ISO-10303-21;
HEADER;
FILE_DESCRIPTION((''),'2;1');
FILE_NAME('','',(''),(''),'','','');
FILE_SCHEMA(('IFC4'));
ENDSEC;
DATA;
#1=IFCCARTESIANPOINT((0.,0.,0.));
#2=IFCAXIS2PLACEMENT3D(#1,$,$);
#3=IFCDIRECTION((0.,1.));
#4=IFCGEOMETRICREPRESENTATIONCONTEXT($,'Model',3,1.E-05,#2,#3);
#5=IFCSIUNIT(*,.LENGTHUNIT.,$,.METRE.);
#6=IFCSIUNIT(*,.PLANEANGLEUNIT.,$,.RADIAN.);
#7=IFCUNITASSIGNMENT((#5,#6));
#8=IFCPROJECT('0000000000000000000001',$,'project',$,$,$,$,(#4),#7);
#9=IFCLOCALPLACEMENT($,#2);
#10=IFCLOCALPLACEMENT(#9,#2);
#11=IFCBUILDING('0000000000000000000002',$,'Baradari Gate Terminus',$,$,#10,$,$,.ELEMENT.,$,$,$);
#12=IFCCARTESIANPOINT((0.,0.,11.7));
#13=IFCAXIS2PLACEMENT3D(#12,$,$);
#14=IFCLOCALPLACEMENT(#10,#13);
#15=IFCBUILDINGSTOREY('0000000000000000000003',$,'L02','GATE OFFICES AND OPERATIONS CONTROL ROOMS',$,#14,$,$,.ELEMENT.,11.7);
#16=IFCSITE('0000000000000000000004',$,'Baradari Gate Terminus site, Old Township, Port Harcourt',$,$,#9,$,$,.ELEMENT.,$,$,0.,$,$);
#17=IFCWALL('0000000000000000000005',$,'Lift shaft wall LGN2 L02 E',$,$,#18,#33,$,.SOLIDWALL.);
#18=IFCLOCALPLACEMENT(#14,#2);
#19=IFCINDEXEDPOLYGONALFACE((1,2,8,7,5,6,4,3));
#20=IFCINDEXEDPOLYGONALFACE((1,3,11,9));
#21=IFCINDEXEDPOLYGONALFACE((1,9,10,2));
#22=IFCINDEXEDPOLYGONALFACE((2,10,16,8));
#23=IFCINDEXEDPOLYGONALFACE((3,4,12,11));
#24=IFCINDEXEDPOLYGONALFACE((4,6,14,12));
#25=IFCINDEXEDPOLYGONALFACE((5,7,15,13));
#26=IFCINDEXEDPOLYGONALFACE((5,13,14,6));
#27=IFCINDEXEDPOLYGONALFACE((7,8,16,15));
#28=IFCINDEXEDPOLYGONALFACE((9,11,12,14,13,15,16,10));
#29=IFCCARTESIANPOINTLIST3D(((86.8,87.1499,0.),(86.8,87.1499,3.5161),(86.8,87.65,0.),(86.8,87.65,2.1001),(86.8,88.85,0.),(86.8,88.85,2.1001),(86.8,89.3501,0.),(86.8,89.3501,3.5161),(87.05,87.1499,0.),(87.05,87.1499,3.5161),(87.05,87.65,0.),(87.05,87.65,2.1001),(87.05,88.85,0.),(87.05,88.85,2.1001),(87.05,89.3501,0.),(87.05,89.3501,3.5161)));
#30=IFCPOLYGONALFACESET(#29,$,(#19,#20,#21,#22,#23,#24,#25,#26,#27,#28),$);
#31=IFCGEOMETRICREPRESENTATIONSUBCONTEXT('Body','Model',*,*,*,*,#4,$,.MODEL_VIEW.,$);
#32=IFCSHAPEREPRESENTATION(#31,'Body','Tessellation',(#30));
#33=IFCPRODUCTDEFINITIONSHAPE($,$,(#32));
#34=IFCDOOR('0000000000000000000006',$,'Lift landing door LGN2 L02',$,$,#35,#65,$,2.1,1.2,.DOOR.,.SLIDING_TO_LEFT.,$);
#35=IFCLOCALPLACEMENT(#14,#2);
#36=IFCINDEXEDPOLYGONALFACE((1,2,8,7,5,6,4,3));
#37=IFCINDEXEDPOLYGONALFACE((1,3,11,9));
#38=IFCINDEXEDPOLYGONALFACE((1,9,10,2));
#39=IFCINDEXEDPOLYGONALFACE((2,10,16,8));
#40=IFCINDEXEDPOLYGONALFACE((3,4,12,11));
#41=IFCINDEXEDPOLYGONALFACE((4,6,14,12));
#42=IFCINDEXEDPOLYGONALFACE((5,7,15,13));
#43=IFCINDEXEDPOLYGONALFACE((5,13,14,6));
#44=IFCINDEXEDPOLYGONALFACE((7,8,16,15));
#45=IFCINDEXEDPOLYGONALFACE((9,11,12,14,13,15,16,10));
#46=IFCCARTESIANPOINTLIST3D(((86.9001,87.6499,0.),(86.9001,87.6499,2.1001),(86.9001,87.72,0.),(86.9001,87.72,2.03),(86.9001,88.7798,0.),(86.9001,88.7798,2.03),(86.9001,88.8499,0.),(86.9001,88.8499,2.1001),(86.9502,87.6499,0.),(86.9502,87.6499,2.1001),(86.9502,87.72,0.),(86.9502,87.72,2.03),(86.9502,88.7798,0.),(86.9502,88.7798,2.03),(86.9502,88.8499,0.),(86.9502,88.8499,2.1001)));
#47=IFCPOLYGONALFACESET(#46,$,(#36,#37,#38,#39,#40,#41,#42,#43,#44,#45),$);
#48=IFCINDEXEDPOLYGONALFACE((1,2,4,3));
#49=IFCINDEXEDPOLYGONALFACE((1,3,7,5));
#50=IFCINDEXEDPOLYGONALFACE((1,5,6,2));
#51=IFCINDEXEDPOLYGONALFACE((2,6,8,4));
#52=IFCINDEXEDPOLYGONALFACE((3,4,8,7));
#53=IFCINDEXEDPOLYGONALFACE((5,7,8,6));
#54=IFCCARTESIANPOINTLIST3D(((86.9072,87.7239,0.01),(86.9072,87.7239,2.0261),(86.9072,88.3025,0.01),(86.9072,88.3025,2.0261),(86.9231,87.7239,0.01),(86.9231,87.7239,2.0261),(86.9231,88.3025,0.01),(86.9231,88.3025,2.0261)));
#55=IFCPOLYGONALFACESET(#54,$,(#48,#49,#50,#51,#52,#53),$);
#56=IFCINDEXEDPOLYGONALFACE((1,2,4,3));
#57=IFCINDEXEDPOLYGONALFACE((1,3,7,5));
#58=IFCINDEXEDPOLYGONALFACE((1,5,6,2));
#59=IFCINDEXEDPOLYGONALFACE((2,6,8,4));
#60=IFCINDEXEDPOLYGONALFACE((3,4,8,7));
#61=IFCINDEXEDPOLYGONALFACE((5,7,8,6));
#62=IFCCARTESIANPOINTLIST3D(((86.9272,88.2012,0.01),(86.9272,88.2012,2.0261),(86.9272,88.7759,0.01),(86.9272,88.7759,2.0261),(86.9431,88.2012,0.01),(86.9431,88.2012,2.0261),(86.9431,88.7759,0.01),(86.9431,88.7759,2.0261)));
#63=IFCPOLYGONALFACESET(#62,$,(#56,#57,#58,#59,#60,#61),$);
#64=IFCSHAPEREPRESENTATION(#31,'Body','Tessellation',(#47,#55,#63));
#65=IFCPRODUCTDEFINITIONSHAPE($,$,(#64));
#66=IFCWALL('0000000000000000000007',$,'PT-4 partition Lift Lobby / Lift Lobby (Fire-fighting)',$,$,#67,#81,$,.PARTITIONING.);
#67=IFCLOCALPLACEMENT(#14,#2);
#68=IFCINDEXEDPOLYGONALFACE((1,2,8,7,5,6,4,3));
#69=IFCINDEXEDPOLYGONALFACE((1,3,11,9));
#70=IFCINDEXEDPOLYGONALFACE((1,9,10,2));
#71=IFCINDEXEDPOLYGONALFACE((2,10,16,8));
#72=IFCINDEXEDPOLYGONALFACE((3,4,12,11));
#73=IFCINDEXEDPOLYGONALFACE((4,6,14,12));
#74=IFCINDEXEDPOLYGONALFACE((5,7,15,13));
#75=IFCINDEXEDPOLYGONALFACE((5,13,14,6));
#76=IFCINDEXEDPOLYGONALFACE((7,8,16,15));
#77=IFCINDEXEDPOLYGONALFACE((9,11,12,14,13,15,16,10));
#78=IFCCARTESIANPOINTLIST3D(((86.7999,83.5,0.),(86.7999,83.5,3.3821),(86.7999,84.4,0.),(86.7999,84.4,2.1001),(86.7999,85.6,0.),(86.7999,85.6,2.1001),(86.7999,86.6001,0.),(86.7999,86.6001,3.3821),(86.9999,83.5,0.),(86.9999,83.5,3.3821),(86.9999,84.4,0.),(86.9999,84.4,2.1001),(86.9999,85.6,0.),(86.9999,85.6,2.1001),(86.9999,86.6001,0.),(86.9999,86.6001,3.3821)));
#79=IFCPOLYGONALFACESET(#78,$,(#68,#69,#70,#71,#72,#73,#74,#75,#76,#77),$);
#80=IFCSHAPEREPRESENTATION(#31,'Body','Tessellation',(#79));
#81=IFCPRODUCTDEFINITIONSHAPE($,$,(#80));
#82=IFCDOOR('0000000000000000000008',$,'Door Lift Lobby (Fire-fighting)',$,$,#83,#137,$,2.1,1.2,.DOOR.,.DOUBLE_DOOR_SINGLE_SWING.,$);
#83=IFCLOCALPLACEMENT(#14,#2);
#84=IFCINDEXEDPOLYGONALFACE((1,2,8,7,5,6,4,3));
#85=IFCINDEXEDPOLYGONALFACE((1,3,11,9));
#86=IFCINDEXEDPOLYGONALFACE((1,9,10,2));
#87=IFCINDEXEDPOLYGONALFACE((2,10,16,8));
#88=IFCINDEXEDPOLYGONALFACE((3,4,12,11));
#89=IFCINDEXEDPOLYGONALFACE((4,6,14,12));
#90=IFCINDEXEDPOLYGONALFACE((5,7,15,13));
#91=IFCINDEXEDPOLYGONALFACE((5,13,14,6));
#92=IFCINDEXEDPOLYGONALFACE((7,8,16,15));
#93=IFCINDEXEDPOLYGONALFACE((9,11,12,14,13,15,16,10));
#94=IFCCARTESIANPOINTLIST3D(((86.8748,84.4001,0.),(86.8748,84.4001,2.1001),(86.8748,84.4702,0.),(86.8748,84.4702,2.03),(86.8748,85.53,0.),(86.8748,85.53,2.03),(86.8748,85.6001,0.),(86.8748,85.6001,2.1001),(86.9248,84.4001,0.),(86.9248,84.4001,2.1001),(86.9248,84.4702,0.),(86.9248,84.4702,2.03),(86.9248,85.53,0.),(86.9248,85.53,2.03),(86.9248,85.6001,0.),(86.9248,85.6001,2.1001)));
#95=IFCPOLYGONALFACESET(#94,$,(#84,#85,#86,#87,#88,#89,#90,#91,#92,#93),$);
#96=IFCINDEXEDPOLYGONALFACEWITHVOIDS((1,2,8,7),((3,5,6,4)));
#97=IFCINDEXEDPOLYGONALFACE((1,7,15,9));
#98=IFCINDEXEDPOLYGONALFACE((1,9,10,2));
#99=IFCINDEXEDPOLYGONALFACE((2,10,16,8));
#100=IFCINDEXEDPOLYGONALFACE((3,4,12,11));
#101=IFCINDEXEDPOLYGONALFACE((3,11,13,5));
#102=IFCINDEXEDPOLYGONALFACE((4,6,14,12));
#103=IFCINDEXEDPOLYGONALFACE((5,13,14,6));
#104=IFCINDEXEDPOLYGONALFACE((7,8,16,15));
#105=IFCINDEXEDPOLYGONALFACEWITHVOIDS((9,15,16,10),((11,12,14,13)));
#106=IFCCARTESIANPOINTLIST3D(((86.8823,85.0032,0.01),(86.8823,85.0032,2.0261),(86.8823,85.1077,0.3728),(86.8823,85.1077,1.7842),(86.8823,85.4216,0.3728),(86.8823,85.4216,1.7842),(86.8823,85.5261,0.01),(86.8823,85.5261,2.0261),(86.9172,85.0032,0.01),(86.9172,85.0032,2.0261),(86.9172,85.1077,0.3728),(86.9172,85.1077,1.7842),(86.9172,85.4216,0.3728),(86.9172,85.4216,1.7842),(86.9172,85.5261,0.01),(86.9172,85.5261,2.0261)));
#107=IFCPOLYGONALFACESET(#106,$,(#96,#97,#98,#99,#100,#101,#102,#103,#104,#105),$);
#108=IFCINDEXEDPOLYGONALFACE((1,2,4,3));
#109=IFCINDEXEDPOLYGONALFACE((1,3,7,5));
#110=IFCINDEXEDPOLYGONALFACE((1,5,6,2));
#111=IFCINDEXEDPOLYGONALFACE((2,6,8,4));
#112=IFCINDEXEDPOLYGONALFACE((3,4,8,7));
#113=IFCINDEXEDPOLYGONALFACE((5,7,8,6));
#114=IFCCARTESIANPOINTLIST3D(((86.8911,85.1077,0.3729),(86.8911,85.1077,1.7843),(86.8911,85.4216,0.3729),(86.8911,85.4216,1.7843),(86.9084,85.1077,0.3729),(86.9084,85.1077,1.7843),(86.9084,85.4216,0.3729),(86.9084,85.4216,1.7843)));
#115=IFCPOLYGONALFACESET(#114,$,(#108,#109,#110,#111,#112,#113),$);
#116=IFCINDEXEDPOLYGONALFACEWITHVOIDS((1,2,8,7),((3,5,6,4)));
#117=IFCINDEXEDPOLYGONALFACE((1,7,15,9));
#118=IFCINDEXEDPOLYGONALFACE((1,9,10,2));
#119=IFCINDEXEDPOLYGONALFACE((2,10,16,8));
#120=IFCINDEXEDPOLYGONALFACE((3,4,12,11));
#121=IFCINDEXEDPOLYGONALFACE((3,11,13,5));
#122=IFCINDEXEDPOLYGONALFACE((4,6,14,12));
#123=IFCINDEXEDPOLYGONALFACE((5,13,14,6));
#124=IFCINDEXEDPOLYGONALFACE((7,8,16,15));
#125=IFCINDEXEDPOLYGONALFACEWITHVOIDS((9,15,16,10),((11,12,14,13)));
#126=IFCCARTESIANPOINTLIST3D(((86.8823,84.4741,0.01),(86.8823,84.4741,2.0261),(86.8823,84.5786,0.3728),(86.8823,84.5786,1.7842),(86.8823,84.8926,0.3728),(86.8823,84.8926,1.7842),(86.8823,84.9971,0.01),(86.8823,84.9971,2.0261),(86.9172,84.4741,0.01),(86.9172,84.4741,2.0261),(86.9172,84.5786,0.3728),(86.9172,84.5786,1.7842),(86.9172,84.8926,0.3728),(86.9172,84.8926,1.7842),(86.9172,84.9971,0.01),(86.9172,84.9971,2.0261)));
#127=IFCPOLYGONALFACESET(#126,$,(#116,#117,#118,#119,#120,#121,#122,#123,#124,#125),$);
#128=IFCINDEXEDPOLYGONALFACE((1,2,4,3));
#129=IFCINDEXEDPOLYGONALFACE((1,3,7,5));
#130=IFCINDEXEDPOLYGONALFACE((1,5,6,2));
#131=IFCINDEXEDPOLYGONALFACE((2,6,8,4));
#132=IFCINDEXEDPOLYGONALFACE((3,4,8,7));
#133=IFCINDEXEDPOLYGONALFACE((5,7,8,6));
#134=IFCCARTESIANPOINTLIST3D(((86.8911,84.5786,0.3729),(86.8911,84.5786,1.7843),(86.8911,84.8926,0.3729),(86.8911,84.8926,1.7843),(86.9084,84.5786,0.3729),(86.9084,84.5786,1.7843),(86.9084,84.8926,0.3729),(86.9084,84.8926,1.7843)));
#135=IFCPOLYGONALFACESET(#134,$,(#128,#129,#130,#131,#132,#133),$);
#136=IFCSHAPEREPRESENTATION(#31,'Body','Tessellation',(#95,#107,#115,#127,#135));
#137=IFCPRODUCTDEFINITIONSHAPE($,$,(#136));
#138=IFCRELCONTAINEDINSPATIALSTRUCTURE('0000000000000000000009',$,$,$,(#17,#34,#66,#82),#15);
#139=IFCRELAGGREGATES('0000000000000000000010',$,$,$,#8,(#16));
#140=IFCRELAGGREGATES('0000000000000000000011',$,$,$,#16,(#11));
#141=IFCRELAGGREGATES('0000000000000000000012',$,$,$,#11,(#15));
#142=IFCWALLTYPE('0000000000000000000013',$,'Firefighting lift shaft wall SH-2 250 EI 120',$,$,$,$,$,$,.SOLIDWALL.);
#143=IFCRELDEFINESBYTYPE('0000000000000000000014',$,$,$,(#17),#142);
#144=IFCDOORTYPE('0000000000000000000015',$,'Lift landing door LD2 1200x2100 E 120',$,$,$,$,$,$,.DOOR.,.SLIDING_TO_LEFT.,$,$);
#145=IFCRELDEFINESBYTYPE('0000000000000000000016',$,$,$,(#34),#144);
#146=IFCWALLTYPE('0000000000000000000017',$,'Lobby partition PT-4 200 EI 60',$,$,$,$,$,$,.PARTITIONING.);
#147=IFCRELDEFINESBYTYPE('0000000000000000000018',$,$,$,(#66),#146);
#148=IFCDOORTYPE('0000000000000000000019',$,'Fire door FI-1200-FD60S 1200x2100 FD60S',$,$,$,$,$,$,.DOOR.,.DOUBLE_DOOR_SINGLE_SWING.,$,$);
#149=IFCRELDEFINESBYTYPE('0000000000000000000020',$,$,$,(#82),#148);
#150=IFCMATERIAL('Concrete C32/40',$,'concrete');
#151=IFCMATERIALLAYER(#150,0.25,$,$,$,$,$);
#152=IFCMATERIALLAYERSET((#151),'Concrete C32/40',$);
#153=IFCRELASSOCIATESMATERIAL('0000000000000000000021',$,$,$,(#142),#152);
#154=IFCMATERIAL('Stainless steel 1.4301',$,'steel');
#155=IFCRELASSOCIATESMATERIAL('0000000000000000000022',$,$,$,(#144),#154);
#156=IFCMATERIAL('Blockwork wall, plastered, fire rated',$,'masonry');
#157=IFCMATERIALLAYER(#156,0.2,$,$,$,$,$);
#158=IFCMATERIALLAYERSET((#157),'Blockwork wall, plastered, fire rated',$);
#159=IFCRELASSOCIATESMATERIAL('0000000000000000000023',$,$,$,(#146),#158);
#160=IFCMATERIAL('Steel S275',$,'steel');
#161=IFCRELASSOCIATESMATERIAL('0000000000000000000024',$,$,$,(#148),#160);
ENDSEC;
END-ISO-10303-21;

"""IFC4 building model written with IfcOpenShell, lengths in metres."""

from ifc_helpers import new_model, si_unit, direction, frame, frame_2d, origin, place, context, subcontext, project, spatial, polyline, rectangle, outline, extrude, material, layer, layer_set, type_object, element, fill, save


model = new_model("IFC4")

# Units and contexts
model_context = context("Model", 3, precision=1e-05, world=origin(), true_north=direction((0.0, 1.0)))
body_context = subcontext(model_context, "Body", "Model", "MODEL_VIEW")
ifc_project = project(units=[si_unit("LENGTHUNIT", "METRE"), si_unit("PLANEANGLEUNIT", "RADIAN")], contexts=[model_context])

# Site, building, storey
site_placement = place(None, origin())
site = spatial("IfcSite", under=ifc_project, at=site_placement, Name="Baradari Gate Terminus site, Old Township, Port Harcourt", CompositionType="ELEMENT", RefElevation=0.0)
building_placement = place(site_placement, origin())
building = spatial("IfcBuilding", under=site, at=building_placement, Name="Baradari Gate Terminus", CompositionType="ELEMENT")
storey_placement = place(building_placement, frame((0.0, 0.0, 11.7)))
storey = spatial("IfcBuildingStorey", under=building, at=storey_placement, Name="L02", Description="GATE OFFICES AND OPERATIONS CONTROL ROOMS", CompositionType="ELEMENT", Elevation=11.7)

# Shared definitions
ifc_material_1 = material(Name="Concrete C32/40", Category="concrete")
ifc_layer_1 = layer(ifc_material_1, 0.25)
ifc_layer_set_1 = layer_set([ifc_layer_1], Name="Concrete C32/40")
wall_type_1 = type_object("IfcWallType", Name="Firefighting lift shaft wall SH-2 250 EI 120", PredefinedType="SOLIDWALL", material=ifc_layer_set_1)

# Walls, openings, doors
wall_1_placement = place(storey_placement, frame((86.925, 87.1499, 0.0), z_axis=(0.0, 0.0, 1.0), x_axis=(0.0, 1.0, 0.0)))
wall_1 = element("IfcWall", 1, at=wall_1_placement, inside=storey, type_object=wall_type_1, Name="Lift shaft wall LGN2 L02 E", PredefinedType="SOLIDWALL", context=body_context, shape_type="SweptSolid", body=[
    extrude(rectangle(XDim=2.2002, YDim=0.25, at=frame_2d((1.1001, 0.0))), origin(), (0.0, 0.0, 1.0), 3.5161),
])
opening_1_placement = place(wall_1_placement, frame((0.5, 0.0, 0.0)))
opening_1 = element("IfcOpeningElement", 2, at=opening_1_placement, cuts=wall_1, PredefinedType="OPENING", context=body_context, shape_type="SweptSolid", body=[
    extrude(rectangle(XDim=1.2, YDim=2.1001, at=frame_2d((0.6001, 1.05))), frame((0.0, 0.135, 0.0), z_axis=(0.0, -1.0, 0.0), x_axis=(1.0, 0.0, 0.0)), (0.0, 0.0, 1.0), 0.27),
])
ifc_material_2 = material(Name="Stainless steel 1.4301", Category="steel")
door_type_1 = type_object("IfcDoorType", Name="Lift landing door LD2 1200x2100 E 120", OperationType="SLIDING_TO_LEFT", PredefinedType="DOOR", material=ifc_material_2)
door_1_placement = place(opening_1_placement, origin())
door_1 = element("IfcDoor", 3, at=door_1_placement, inside=storey, type_object=door_type_1, Name="Lift landing door LGN2 L02", OperationType="SLIDING_TO_LEFT", OverallHeight=2.1, OverallWidth=1.2, PredefinedType="DOOR", context=body_context, shape_type="SweptSolid", body=[
    extrude(outline(polyline([(0.0, 0.0), (0.0701, 0.0), (0.0701, 2.03), (1.1299, 2.03), (1.1299, 0.0), (1.2, 0.0), (1.2, 2.1001), (0.0, 2.1001), (0.0, 0.0)])), frame((0.0, 0.0249, 0.0), z_axis=(0.0, -1.0, 0.0), x_axis=(1.0, 0.0, 0.0)), (0.0, 0.0, 1.0), 0.05),
    extrude(rectangle(XDim=0.5786, YDim=2.0161, at=frame_2d((0.3633, 1.0181))), frame((0.0, 0.0178, 0.0), z_axis=(0.0, -1.0, 0.0), x_axis=(1.0, 0.0, 0.0)), (0.0, 0.0, 1.0), 0.0159),
    extrude(rectangle(XDim=0.5747, YDim=2.0161, at=frame_2d((0.8386, 1.0181))), frame((0.0, -0.0022, 0.0), z_axis=(0.0, -1.0, 0.0), x_axis=(1.0, 0.0, 0.0)), (0.0, 0.0, 1.0), 0.0159),
])
fill(opening_1, door_1)
ifc_material_3 = material(Name="Blockwork wall, plastered, fire rated", Category="masonry")
ifc_layer_2 = layer(ifc_material_3, 0.2)
ifc_layer_set_2 = layer_set([ifc_layer_2], Name="Blockwork wall, plastered, fire rated")
wall_type_2 = type_object("IfcWallType", Name="Lobby partition PT-4 200 EI 60", PredefinedType="PARTITIONING", material=ifc_layer_set_2)
wall_2_placement = place(storey_placement, frame((86.8999, 86.6001, 0.0), z_axis=(0.0, 0.0, 1.0), x_axis=(0.0, -1.0, 0.0)))
wall_2 = element("IfcWall", 4, at=wall_2_placement, inside=storey, type_object=wall_type_2, Name="PT-4 partition Lift Lobby / Lift Lobby (Fire-fighting)", PredefinedType="PARTITIONING", context=body_context, shape_type="SweptSolid", body=[
    extrude(rectangle(XDim=3.1001, YDim=0.2, at=frame_2d((1.55, 0.0))), origin(), (0.0, 0.0, 1.0), 3.3821),
])
opening_2_placement = place(wall_2_placement, frame((1.0, 0.0, 0.0)))
opening_2 = element("IfcOpeningElement", 5, at=opening_2_placement, cuts=wall_2, PredefinedType="OPENING", context=body_context, shape_type="SweptSolid", body=[
    extrude(rectangle(XDim=1.2, YDim=2.1001, at=frame_2d((0.6001, 1.05))), frame((0.0, 0.1099, 0.0), z_axis=(0.0, -1.0, 0.0), x_axis=(1.0, 0.0, 0.0)), (0.0, 0.0, 1.0), 0.22),
])
ifc_material_4 = material(Name="Steel S275", Category="steel")
door_type_2 = type_object("IfcDoorType", Name="Fire door FI-1200-FD60S 1200x2100 FD60S", OperationType="DOUBLE_DOOR_SINGLE_SWING", PredefinedType="DOOR", material=ifc_material_4)
door_2_placement = place(opening_2_placement, origin())
door_2 = element("IfcDoor", 6, at=door_2_placement, inside=storey, type_object=door_type_2, Name="Door Lift Lobby (Fire-fighting)", OperationType="DOUBLE_DOOR_SINGLE_SWING", OverallHeight=2.1, OverallWidth=1.2, PredefinedType="DOOR", context=body_context, shape_type="SweptSolid", body=[
    extrude(outline(polyline([(0.0, 0.0), (0.0701, 0.0), (0.0701, 2.03), (1.1299, 2.03), (1.1299, 0.0), (1.2, 0.0), (1.2, 2.1001), (0.0, 2.1001), (0.0, 0.0)])), frame((0.0, 0.0249, 0.0), z_axis=(0.0, -1.0, 0.0), x_axis=(1.0, 0.0, 0.0)), (0.0, 0.0, 1.0), 0.05),
    extrude(outline(polyline([(0.074, 0.01), (0.5969, 0.01), (0.5969, 2.0261), (0.074, 2.0261), (0.074, 0.01)]), holes=[polyline([(0.1785, 0.3728), (0.4924, 0.3728), (0.4924, 1.7842), (0.1785, 1.7842), (0.1785, 0.3728)])]), frame((0.0, 0.0173, 0.0), z_axis=(0.0, -1.0, 0.0), x_axis=(1.0, 0.0, 0.0)), (0.0, 0.0, 1.0), 0.0349),
    extrude(rectangle(XDim=0.314, YDim=1.4114, at=frame_2d((0.3354, 1.0786))), frame((0.0, 0.0085, 0.0), z_axis=(0.0, -1.0, 0.0), x_axis=(1.0, 0.0, 0.0)), (0.0, 0.0, 1.0), 0.0173),
    extrude(outline(polyline([(0.603, 0.01), (1.126, 0.01), (1.126, 2.0261), (0.603, 2.0261), (0.603, 0.01)]), holes=[polyline([(0.7075, 0.3728), (1.0215, 0.3728), (1.0215, 1.7842), (0.7075, 1.7842), (0.7075, 0.3728)])]), frame((0.0, 0.0173, 0.0), z_axis=(0.0, -1.0, 0.0), x_axis=(1.0, 0.0, 0.0)), (0.0, 0.0, 1.0), 0.0349),
    extrude(rectangle(XDim=0.314, YDim=1.4114, at=frame_2d((0.8645, 1.0786))), frame((0.0, 0.0085, 0.0), z_axis=(0.0, -1.0, 0.0), x_axis=(1.0, 0.0, 0.0)), (0.0, 0.0, 1.0), 0.0173),
])
fill(opening_2, door_2)

save(model, "model.ifc")
